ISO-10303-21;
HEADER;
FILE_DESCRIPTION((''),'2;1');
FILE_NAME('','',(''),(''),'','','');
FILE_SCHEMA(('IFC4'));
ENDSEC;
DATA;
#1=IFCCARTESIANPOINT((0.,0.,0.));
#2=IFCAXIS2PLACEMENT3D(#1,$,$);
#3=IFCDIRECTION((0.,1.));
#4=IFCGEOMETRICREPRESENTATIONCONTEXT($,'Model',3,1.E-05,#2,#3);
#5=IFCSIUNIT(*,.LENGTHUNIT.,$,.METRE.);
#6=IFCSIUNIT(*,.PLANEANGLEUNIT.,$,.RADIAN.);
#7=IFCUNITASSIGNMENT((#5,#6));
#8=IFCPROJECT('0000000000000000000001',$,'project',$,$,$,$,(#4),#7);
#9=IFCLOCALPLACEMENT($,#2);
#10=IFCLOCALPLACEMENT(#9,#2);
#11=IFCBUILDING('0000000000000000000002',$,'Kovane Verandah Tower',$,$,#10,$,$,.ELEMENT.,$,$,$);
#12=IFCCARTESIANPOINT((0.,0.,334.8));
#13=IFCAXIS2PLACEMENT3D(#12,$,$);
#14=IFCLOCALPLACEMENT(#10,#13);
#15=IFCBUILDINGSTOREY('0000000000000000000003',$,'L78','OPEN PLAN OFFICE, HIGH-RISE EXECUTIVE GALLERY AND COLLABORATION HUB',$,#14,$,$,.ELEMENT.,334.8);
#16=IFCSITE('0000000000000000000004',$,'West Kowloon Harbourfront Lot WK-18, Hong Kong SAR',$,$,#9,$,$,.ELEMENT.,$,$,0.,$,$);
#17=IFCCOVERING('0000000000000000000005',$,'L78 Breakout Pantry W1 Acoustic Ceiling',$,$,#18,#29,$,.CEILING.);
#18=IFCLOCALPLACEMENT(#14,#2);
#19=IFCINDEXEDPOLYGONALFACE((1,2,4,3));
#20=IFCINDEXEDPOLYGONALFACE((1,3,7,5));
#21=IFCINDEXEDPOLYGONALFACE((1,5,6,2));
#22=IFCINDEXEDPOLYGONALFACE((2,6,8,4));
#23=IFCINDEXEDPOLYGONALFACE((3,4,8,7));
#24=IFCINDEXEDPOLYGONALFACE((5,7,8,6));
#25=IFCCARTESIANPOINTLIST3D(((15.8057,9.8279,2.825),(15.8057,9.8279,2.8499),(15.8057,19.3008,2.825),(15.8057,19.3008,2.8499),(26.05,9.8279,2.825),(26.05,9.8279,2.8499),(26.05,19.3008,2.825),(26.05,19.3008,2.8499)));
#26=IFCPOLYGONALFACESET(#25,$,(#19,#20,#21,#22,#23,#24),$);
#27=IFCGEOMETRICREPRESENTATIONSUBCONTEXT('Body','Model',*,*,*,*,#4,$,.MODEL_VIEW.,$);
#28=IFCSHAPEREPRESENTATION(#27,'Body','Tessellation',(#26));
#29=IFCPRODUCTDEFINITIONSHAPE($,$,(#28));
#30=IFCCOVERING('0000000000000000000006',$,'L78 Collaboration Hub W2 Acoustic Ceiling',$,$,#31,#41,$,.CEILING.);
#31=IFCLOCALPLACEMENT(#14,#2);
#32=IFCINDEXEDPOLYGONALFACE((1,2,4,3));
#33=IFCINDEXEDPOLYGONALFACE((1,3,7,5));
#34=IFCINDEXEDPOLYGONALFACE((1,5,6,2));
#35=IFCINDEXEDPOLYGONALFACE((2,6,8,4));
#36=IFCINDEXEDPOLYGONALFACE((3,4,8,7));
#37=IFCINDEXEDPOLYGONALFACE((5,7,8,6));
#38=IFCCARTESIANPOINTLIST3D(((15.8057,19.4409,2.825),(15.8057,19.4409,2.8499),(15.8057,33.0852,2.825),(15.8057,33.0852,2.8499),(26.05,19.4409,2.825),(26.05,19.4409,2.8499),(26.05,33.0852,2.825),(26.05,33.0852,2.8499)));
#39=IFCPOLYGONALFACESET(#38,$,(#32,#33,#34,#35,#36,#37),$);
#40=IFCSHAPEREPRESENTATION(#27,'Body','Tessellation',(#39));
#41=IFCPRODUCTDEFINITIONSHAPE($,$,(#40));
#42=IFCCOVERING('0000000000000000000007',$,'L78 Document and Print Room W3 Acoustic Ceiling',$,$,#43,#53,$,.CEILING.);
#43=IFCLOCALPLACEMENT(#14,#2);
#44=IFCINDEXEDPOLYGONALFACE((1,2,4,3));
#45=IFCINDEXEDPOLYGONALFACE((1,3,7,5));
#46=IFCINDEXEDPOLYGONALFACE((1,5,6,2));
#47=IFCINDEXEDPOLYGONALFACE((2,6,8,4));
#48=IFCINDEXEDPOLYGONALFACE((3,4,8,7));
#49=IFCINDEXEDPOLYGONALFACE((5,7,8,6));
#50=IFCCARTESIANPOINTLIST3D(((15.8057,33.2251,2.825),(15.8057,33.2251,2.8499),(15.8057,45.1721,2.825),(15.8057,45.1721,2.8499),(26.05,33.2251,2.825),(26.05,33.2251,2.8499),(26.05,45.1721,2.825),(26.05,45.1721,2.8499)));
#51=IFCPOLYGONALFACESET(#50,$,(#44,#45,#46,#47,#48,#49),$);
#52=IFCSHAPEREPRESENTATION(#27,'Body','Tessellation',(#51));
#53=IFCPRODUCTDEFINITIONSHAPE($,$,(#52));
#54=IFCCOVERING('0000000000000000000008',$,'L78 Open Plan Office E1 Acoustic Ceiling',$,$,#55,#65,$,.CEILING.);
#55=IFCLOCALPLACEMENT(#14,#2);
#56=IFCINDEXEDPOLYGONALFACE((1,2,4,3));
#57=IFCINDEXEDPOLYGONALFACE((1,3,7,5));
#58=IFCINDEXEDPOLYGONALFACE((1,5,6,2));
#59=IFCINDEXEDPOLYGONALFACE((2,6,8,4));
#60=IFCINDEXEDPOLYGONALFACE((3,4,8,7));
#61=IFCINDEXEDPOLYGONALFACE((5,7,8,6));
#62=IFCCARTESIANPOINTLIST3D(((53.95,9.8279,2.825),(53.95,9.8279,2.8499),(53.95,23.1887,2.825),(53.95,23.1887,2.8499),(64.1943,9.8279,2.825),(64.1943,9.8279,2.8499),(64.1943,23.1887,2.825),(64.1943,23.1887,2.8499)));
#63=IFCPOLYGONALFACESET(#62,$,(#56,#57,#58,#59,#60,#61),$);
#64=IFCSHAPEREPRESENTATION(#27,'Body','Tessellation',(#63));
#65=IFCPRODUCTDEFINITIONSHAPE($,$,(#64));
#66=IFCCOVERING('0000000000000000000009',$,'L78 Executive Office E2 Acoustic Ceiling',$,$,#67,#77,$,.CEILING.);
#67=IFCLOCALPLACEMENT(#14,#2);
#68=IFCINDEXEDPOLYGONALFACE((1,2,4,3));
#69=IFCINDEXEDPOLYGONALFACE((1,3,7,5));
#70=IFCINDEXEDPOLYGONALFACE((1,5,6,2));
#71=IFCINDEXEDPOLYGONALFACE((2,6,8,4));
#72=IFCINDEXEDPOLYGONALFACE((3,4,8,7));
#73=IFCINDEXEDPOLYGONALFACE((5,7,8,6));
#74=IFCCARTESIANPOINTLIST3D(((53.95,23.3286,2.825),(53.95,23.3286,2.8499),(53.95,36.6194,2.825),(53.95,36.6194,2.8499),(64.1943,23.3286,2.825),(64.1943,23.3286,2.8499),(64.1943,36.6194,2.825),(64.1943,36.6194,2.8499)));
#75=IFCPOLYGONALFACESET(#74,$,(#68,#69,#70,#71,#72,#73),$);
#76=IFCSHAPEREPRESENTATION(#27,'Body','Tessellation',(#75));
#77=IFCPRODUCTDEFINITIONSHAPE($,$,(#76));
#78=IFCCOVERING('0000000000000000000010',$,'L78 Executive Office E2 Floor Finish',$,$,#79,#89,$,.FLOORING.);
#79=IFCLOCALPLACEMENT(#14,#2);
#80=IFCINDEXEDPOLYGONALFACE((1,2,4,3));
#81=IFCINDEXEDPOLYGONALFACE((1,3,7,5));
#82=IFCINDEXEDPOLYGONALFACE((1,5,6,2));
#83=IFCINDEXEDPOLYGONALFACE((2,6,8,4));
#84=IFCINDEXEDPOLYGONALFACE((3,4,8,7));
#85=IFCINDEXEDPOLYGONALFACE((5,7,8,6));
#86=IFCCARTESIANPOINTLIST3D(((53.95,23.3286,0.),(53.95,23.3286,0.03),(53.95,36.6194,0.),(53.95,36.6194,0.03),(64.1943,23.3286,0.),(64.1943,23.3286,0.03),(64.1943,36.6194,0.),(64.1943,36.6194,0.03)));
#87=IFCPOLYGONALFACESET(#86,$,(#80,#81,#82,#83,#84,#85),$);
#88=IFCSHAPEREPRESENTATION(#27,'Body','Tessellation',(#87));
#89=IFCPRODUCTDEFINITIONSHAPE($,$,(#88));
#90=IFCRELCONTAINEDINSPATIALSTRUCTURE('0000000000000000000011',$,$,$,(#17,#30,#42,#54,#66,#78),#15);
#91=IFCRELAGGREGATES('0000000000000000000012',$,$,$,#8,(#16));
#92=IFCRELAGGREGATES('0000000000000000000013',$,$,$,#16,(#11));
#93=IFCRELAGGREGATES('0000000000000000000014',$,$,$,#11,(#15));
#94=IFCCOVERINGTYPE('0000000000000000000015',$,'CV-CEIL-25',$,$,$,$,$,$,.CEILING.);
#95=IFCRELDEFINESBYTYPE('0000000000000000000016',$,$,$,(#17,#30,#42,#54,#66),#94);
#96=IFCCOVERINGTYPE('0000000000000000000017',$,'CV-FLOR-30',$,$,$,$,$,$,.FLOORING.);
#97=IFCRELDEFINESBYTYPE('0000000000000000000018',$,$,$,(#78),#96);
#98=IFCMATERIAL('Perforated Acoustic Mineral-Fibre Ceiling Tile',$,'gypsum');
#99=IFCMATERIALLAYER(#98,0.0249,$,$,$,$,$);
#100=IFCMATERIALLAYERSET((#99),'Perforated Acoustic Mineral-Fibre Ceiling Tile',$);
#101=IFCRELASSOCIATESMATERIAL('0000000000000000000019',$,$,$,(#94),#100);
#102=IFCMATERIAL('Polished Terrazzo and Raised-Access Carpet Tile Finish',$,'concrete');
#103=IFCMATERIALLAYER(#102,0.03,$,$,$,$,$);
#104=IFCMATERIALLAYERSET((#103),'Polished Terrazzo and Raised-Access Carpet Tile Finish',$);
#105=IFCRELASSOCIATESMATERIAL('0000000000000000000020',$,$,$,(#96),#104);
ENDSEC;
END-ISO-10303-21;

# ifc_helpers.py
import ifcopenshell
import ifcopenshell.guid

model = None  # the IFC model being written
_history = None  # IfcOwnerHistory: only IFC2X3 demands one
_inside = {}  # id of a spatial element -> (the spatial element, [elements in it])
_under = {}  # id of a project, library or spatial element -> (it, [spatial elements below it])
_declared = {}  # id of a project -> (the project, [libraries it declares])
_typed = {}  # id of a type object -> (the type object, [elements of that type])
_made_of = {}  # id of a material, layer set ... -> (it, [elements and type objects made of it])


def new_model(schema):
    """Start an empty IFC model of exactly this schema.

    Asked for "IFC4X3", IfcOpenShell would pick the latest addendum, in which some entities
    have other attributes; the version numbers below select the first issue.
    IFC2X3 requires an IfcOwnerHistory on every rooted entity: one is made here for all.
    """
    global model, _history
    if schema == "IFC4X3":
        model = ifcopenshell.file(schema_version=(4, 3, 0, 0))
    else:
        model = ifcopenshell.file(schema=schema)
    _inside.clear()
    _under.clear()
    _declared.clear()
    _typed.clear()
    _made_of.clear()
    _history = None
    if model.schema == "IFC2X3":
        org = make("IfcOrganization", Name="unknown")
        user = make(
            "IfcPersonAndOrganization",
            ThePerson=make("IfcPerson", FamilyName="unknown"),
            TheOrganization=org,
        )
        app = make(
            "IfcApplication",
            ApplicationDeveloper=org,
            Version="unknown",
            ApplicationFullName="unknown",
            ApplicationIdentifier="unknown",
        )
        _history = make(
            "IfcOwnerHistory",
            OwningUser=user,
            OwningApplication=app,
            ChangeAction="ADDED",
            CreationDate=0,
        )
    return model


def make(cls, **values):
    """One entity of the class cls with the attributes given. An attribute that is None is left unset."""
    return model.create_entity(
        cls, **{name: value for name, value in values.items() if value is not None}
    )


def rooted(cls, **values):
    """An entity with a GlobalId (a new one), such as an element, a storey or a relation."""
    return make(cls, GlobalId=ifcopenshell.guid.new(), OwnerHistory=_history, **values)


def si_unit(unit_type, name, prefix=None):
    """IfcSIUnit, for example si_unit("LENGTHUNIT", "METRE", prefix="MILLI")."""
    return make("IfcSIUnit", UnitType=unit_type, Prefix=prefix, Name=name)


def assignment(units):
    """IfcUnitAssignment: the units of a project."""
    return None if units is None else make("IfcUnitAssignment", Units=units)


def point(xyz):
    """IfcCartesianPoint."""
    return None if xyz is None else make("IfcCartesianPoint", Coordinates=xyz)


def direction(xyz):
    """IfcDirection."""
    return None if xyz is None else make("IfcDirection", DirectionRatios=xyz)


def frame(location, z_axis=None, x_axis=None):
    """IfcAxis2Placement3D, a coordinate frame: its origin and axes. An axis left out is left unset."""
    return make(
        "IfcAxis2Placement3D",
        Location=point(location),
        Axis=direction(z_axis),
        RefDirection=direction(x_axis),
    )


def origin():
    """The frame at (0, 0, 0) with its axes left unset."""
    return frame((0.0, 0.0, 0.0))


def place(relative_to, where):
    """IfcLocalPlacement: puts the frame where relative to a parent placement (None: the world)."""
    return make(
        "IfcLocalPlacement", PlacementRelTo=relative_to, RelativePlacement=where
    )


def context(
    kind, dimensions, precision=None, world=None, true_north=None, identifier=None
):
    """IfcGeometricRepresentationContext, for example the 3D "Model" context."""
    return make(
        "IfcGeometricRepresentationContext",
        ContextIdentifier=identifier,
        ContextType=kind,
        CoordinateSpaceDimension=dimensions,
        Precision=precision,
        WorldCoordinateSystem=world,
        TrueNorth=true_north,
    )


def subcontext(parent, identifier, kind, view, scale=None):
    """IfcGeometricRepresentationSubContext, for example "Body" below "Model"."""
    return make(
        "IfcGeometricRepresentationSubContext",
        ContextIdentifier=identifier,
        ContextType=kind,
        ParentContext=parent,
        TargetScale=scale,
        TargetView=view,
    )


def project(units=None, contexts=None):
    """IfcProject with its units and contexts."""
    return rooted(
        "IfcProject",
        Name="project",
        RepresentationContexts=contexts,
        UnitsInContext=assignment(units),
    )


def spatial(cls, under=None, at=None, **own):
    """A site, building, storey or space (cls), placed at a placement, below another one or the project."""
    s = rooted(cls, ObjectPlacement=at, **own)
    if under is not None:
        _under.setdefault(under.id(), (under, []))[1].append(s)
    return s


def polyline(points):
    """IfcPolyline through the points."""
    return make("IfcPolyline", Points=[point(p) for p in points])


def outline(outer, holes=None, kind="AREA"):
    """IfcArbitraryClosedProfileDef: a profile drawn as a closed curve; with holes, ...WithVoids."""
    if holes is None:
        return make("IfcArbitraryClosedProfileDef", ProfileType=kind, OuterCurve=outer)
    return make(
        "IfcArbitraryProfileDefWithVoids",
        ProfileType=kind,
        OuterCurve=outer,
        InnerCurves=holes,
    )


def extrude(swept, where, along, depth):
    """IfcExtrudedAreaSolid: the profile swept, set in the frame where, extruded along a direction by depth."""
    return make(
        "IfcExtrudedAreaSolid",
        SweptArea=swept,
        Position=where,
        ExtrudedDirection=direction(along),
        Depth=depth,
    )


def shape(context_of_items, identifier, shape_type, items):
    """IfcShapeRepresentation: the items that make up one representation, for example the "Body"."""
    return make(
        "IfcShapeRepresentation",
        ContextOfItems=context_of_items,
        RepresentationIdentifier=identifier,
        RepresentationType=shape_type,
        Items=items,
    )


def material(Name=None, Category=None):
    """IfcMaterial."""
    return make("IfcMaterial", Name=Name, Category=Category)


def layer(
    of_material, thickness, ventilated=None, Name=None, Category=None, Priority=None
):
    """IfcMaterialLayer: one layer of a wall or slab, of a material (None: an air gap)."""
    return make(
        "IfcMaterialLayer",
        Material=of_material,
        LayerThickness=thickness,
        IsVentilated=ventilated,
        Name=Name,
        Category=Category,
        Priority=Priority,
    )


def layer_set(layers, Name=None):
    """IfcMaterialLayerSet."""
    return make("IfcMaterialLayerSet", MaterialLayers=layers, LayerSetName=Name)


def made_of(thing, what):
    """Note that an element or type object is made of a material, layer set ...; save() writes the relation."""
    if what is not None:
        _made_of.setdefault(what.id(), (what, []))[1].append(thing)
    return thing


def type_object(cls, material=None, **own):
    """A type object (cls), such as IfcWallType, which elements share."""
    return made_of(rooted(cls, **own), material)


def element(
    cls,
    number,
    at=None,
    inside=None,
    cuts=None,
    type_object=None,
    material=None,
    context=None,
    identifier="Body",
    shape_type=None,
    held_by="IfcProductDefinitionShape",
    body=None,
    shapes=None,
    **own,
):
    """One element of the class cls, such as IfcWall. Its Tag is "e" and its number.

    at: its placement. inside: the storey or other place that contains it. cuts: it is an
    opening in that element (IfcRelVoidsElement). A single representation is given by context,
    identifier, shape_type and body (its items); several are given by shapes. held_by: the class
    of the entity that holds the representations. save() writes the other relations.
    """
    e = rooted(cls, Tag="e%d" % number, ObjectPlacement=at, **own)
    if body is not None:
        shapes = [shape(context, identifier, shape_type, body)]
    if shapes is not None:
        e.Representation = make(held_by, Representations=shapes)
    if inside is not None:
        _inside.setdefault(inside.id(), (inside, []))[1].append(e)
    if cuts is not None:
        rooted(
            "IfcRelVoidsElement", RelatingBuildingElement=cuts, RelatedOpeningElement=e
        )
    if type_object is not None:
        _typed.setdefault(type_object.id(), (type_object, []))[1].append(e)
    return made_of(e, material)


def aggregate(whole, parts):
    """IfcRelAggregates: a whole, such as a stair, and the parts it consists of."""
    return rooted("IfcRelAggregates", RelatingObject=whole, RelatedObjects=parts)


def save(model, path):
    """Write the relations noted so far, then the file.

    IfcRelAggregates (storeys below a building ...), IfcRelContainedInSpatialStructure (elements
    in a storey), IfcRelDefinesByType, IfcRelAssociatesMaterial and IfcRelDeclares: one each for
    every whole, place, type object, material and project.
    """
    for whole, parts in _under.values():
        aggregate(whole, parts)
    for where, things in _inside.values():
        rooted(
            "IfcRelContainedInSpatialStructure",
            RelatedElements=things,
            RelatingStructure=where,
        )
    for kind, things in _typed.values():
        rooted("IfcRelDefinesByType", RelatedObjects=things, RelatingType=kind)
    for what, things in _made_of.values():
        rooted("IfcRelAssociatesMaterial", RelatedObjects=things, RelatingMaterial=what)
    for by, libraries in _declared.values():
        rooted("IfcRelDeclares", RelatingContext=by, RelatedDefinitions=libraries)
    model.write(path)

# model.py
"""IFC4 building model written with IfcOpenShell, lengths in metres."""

from ifc_helpers import new_model, si_unit, direction, frame, origin, place, context, subcontext, project, spatial, polyline, outline, extrude, material, layer, layer_set, type_object, element, save


model = new_model("IFC4")

# Units and contexts
model_context = context("Model", 3, precision=1e-05, world=origin(), true_north=direction((0.0, 1.0)))
body_context = subcontext(model_context, "Body", "Model", "MODEL_VIEW")
ifc_project = project(units=[si_unit("LENGTHUNIT", "METRE"), si_unit("PLANEANGLEUNIT", "RADIAN")], contexts=[model_context])

# Site, building, storey
site_placement = place(None, origin())
site = spatial("IfcSite", under=ifc_project, at=site_placement, Name="West Kowloon Harbourfront Lot WK-18, Hong Kong SAR", CompositionType="ELEMENT", RefElevation=0.0)
building_placement = place(site_placement, origin())
building = spatial("IfcBuilding", under=site, at=building_placement, Name="Kovane Verandah Tower", CompositionType="ELEMENT")
storey_placement = place(building_placement, frame((0.0, 0.0, 334.8)))
storey = spatial("IfcBuildingStorey", under=building, at=storey_placement, Name="L78", Description="OPEN PLAN OFFICE, HIGH-RISE EXECUTIVE GALLERY AND COLLABORATION HUB", CompositionType="ELEMENT", Elevation=334.8)

# Coverings
ifc_material_1 = material(Name="Perforated Acoustic Mineral-Fibre Ceiling Tile", Category="gypsum")
ifc_layer_1 = layer(ifc_material_1, 0.0249)
ifc_layer_set_1 = layer_set([ifc_layer_1], Name="Perforated Acoustic Mineral-Fibre Ceiling Tile")
covering_type_1 = type_object("IfcCoveringType", Name="CV-CEIL-25", PredefinedType="CEILING", material=ifc_layer_set_1)
covering_1_placement = place(storey_placement, frame((0.0, 0.0, 2.825)))
element("IfcCovering", 1, at=covering_1_placement, inside=storey, type_object=covering_type_1, Name="L78 Breakout Pantry W1 Acoustic Ceiling", PredefinedType="CEILING", context=body_context, shape_type="SweptSolid", body=[
    extrude(outline(polyline([(15.8057, 9.8279), (26.05, 9.8279), (26.05, 19.3008), (15.8057, 19.3008), (15.8057, 9.8279)])), origin(), (0.0, 0.0, 1.0), 0.0249),
])
covering_2_placement = place(storey_placement, frame((0.0, 0.0, 2.825)))
element("IfcCovering", 2, at=covering_2_placement, inside=storey, type_object=covering_type_1, Name="L78 Collaboration Hub W2 Acoustic Ceiling", PredefinedType="CEILING", context=body_context, shape_type="SweptSolid", body=[
    extrude(outline(polyline([(15.8057, 19.4409), (26.05, 19.4409), (26.05, 33.0852), (15.8057, 33.0852), (15.8057, 19.4409)])), origin(), (0.0, 0.0, 1.0), 0.0249),
])
covering_3_placement = place(storey_placement, frame((0.0, 0.0, 2.825)))
element("IfcCovering", 3, at=covering_3_placement, inside=storey, type_object=covering_type_1, Name="L78 Document and Print Room W3 Acoustic Ceiling", PredefinedType="CEILING", context=body_context, shape_type="SweptSolid", body=[
    extrude(outline(polyline([(15.8057, 33.2251), (26.05, 33.2251), (26.05, 45.1721), (15.8057, 45.1721), (15.8057, 33.2251)])), origin(), (0.0, 0.0, 1.0), 0.0249),
])
covering_4_placement = place(storey_placement, frame((0.0, 0.0, 2.825)))
element("IfcCovering", 4, at=covering_4_placement, inside=storey, type_object=covering_type_1, Name="L78 Open Plan Office E1 Acoustic Ceiling", PredefinedType="CEILING", context=body_context, shape_type="SweptSolid", body=[
    extrude(outline(polyline([(53.95, 9.8279), (64.1943, 9.8279), (64.1943, 23.1887), (53.95, 23.1887), (53.95, 9.8279)])), origin(), (0.0, 0.0, 1.0), 0.0249),
])
covering_5_placement = place(storey_placement, frame((0.0, 0.0, 2.825)))
element("IfcCovering", 5, at=covering_5_placement, inside=storey, type_object=covering_type_1, Name="L78 Executive Office E2 Acoustic Ceiling", PredefinedType="CEILING", context=body_context, shape_type="SweptSolid", body=[
    extrude(outline(polyline([(53.95, 23.3286), (64.1943, 23.3286), (64.1943, 36.6194), (53.95, 36.6194), (53.95, 23.3286)])), origin(), (0.0, 0.0, 1.0), 0.0249),
])
ifc_material_2 = material(Name="Polished Terrazzo and Raised-Access Carpet Tile Finish", Category="concrete")
ifc_layer_2 = layer(ifc_material_2, 0.03)
ifc_layer_set_2 = layer_set([ifc_layer_2], Name="Polished Terrazzo and Raised-Access Carpet Tile Finish")
covering_type_2 = type_object("IfcCoveringType", Name="CV-FLOR-30", PredefinedType="FLOORING", material=ifc_layer_set_2)
covering_6_placement = place(storey_placement, origin())
element("IfcCovering", 6, at=covering_6_placement, inside=storey, type_object=covering_type_2, Name="L78 Executive Office E2 Floor Finish", PredefinedType="FLOORING", context=body_context, shape_type="SweptSolid", body=[
    extrude(outline(polyline([(53.95, 23.3286), (64.1943, 23.3286), (64.1943, 36.6194), (53.95, 36.6194), (53.95, 23.3286)])), origin(), (0.0, 0.0, 1.0), 0.03),
])

save(model, "model.ifc")
